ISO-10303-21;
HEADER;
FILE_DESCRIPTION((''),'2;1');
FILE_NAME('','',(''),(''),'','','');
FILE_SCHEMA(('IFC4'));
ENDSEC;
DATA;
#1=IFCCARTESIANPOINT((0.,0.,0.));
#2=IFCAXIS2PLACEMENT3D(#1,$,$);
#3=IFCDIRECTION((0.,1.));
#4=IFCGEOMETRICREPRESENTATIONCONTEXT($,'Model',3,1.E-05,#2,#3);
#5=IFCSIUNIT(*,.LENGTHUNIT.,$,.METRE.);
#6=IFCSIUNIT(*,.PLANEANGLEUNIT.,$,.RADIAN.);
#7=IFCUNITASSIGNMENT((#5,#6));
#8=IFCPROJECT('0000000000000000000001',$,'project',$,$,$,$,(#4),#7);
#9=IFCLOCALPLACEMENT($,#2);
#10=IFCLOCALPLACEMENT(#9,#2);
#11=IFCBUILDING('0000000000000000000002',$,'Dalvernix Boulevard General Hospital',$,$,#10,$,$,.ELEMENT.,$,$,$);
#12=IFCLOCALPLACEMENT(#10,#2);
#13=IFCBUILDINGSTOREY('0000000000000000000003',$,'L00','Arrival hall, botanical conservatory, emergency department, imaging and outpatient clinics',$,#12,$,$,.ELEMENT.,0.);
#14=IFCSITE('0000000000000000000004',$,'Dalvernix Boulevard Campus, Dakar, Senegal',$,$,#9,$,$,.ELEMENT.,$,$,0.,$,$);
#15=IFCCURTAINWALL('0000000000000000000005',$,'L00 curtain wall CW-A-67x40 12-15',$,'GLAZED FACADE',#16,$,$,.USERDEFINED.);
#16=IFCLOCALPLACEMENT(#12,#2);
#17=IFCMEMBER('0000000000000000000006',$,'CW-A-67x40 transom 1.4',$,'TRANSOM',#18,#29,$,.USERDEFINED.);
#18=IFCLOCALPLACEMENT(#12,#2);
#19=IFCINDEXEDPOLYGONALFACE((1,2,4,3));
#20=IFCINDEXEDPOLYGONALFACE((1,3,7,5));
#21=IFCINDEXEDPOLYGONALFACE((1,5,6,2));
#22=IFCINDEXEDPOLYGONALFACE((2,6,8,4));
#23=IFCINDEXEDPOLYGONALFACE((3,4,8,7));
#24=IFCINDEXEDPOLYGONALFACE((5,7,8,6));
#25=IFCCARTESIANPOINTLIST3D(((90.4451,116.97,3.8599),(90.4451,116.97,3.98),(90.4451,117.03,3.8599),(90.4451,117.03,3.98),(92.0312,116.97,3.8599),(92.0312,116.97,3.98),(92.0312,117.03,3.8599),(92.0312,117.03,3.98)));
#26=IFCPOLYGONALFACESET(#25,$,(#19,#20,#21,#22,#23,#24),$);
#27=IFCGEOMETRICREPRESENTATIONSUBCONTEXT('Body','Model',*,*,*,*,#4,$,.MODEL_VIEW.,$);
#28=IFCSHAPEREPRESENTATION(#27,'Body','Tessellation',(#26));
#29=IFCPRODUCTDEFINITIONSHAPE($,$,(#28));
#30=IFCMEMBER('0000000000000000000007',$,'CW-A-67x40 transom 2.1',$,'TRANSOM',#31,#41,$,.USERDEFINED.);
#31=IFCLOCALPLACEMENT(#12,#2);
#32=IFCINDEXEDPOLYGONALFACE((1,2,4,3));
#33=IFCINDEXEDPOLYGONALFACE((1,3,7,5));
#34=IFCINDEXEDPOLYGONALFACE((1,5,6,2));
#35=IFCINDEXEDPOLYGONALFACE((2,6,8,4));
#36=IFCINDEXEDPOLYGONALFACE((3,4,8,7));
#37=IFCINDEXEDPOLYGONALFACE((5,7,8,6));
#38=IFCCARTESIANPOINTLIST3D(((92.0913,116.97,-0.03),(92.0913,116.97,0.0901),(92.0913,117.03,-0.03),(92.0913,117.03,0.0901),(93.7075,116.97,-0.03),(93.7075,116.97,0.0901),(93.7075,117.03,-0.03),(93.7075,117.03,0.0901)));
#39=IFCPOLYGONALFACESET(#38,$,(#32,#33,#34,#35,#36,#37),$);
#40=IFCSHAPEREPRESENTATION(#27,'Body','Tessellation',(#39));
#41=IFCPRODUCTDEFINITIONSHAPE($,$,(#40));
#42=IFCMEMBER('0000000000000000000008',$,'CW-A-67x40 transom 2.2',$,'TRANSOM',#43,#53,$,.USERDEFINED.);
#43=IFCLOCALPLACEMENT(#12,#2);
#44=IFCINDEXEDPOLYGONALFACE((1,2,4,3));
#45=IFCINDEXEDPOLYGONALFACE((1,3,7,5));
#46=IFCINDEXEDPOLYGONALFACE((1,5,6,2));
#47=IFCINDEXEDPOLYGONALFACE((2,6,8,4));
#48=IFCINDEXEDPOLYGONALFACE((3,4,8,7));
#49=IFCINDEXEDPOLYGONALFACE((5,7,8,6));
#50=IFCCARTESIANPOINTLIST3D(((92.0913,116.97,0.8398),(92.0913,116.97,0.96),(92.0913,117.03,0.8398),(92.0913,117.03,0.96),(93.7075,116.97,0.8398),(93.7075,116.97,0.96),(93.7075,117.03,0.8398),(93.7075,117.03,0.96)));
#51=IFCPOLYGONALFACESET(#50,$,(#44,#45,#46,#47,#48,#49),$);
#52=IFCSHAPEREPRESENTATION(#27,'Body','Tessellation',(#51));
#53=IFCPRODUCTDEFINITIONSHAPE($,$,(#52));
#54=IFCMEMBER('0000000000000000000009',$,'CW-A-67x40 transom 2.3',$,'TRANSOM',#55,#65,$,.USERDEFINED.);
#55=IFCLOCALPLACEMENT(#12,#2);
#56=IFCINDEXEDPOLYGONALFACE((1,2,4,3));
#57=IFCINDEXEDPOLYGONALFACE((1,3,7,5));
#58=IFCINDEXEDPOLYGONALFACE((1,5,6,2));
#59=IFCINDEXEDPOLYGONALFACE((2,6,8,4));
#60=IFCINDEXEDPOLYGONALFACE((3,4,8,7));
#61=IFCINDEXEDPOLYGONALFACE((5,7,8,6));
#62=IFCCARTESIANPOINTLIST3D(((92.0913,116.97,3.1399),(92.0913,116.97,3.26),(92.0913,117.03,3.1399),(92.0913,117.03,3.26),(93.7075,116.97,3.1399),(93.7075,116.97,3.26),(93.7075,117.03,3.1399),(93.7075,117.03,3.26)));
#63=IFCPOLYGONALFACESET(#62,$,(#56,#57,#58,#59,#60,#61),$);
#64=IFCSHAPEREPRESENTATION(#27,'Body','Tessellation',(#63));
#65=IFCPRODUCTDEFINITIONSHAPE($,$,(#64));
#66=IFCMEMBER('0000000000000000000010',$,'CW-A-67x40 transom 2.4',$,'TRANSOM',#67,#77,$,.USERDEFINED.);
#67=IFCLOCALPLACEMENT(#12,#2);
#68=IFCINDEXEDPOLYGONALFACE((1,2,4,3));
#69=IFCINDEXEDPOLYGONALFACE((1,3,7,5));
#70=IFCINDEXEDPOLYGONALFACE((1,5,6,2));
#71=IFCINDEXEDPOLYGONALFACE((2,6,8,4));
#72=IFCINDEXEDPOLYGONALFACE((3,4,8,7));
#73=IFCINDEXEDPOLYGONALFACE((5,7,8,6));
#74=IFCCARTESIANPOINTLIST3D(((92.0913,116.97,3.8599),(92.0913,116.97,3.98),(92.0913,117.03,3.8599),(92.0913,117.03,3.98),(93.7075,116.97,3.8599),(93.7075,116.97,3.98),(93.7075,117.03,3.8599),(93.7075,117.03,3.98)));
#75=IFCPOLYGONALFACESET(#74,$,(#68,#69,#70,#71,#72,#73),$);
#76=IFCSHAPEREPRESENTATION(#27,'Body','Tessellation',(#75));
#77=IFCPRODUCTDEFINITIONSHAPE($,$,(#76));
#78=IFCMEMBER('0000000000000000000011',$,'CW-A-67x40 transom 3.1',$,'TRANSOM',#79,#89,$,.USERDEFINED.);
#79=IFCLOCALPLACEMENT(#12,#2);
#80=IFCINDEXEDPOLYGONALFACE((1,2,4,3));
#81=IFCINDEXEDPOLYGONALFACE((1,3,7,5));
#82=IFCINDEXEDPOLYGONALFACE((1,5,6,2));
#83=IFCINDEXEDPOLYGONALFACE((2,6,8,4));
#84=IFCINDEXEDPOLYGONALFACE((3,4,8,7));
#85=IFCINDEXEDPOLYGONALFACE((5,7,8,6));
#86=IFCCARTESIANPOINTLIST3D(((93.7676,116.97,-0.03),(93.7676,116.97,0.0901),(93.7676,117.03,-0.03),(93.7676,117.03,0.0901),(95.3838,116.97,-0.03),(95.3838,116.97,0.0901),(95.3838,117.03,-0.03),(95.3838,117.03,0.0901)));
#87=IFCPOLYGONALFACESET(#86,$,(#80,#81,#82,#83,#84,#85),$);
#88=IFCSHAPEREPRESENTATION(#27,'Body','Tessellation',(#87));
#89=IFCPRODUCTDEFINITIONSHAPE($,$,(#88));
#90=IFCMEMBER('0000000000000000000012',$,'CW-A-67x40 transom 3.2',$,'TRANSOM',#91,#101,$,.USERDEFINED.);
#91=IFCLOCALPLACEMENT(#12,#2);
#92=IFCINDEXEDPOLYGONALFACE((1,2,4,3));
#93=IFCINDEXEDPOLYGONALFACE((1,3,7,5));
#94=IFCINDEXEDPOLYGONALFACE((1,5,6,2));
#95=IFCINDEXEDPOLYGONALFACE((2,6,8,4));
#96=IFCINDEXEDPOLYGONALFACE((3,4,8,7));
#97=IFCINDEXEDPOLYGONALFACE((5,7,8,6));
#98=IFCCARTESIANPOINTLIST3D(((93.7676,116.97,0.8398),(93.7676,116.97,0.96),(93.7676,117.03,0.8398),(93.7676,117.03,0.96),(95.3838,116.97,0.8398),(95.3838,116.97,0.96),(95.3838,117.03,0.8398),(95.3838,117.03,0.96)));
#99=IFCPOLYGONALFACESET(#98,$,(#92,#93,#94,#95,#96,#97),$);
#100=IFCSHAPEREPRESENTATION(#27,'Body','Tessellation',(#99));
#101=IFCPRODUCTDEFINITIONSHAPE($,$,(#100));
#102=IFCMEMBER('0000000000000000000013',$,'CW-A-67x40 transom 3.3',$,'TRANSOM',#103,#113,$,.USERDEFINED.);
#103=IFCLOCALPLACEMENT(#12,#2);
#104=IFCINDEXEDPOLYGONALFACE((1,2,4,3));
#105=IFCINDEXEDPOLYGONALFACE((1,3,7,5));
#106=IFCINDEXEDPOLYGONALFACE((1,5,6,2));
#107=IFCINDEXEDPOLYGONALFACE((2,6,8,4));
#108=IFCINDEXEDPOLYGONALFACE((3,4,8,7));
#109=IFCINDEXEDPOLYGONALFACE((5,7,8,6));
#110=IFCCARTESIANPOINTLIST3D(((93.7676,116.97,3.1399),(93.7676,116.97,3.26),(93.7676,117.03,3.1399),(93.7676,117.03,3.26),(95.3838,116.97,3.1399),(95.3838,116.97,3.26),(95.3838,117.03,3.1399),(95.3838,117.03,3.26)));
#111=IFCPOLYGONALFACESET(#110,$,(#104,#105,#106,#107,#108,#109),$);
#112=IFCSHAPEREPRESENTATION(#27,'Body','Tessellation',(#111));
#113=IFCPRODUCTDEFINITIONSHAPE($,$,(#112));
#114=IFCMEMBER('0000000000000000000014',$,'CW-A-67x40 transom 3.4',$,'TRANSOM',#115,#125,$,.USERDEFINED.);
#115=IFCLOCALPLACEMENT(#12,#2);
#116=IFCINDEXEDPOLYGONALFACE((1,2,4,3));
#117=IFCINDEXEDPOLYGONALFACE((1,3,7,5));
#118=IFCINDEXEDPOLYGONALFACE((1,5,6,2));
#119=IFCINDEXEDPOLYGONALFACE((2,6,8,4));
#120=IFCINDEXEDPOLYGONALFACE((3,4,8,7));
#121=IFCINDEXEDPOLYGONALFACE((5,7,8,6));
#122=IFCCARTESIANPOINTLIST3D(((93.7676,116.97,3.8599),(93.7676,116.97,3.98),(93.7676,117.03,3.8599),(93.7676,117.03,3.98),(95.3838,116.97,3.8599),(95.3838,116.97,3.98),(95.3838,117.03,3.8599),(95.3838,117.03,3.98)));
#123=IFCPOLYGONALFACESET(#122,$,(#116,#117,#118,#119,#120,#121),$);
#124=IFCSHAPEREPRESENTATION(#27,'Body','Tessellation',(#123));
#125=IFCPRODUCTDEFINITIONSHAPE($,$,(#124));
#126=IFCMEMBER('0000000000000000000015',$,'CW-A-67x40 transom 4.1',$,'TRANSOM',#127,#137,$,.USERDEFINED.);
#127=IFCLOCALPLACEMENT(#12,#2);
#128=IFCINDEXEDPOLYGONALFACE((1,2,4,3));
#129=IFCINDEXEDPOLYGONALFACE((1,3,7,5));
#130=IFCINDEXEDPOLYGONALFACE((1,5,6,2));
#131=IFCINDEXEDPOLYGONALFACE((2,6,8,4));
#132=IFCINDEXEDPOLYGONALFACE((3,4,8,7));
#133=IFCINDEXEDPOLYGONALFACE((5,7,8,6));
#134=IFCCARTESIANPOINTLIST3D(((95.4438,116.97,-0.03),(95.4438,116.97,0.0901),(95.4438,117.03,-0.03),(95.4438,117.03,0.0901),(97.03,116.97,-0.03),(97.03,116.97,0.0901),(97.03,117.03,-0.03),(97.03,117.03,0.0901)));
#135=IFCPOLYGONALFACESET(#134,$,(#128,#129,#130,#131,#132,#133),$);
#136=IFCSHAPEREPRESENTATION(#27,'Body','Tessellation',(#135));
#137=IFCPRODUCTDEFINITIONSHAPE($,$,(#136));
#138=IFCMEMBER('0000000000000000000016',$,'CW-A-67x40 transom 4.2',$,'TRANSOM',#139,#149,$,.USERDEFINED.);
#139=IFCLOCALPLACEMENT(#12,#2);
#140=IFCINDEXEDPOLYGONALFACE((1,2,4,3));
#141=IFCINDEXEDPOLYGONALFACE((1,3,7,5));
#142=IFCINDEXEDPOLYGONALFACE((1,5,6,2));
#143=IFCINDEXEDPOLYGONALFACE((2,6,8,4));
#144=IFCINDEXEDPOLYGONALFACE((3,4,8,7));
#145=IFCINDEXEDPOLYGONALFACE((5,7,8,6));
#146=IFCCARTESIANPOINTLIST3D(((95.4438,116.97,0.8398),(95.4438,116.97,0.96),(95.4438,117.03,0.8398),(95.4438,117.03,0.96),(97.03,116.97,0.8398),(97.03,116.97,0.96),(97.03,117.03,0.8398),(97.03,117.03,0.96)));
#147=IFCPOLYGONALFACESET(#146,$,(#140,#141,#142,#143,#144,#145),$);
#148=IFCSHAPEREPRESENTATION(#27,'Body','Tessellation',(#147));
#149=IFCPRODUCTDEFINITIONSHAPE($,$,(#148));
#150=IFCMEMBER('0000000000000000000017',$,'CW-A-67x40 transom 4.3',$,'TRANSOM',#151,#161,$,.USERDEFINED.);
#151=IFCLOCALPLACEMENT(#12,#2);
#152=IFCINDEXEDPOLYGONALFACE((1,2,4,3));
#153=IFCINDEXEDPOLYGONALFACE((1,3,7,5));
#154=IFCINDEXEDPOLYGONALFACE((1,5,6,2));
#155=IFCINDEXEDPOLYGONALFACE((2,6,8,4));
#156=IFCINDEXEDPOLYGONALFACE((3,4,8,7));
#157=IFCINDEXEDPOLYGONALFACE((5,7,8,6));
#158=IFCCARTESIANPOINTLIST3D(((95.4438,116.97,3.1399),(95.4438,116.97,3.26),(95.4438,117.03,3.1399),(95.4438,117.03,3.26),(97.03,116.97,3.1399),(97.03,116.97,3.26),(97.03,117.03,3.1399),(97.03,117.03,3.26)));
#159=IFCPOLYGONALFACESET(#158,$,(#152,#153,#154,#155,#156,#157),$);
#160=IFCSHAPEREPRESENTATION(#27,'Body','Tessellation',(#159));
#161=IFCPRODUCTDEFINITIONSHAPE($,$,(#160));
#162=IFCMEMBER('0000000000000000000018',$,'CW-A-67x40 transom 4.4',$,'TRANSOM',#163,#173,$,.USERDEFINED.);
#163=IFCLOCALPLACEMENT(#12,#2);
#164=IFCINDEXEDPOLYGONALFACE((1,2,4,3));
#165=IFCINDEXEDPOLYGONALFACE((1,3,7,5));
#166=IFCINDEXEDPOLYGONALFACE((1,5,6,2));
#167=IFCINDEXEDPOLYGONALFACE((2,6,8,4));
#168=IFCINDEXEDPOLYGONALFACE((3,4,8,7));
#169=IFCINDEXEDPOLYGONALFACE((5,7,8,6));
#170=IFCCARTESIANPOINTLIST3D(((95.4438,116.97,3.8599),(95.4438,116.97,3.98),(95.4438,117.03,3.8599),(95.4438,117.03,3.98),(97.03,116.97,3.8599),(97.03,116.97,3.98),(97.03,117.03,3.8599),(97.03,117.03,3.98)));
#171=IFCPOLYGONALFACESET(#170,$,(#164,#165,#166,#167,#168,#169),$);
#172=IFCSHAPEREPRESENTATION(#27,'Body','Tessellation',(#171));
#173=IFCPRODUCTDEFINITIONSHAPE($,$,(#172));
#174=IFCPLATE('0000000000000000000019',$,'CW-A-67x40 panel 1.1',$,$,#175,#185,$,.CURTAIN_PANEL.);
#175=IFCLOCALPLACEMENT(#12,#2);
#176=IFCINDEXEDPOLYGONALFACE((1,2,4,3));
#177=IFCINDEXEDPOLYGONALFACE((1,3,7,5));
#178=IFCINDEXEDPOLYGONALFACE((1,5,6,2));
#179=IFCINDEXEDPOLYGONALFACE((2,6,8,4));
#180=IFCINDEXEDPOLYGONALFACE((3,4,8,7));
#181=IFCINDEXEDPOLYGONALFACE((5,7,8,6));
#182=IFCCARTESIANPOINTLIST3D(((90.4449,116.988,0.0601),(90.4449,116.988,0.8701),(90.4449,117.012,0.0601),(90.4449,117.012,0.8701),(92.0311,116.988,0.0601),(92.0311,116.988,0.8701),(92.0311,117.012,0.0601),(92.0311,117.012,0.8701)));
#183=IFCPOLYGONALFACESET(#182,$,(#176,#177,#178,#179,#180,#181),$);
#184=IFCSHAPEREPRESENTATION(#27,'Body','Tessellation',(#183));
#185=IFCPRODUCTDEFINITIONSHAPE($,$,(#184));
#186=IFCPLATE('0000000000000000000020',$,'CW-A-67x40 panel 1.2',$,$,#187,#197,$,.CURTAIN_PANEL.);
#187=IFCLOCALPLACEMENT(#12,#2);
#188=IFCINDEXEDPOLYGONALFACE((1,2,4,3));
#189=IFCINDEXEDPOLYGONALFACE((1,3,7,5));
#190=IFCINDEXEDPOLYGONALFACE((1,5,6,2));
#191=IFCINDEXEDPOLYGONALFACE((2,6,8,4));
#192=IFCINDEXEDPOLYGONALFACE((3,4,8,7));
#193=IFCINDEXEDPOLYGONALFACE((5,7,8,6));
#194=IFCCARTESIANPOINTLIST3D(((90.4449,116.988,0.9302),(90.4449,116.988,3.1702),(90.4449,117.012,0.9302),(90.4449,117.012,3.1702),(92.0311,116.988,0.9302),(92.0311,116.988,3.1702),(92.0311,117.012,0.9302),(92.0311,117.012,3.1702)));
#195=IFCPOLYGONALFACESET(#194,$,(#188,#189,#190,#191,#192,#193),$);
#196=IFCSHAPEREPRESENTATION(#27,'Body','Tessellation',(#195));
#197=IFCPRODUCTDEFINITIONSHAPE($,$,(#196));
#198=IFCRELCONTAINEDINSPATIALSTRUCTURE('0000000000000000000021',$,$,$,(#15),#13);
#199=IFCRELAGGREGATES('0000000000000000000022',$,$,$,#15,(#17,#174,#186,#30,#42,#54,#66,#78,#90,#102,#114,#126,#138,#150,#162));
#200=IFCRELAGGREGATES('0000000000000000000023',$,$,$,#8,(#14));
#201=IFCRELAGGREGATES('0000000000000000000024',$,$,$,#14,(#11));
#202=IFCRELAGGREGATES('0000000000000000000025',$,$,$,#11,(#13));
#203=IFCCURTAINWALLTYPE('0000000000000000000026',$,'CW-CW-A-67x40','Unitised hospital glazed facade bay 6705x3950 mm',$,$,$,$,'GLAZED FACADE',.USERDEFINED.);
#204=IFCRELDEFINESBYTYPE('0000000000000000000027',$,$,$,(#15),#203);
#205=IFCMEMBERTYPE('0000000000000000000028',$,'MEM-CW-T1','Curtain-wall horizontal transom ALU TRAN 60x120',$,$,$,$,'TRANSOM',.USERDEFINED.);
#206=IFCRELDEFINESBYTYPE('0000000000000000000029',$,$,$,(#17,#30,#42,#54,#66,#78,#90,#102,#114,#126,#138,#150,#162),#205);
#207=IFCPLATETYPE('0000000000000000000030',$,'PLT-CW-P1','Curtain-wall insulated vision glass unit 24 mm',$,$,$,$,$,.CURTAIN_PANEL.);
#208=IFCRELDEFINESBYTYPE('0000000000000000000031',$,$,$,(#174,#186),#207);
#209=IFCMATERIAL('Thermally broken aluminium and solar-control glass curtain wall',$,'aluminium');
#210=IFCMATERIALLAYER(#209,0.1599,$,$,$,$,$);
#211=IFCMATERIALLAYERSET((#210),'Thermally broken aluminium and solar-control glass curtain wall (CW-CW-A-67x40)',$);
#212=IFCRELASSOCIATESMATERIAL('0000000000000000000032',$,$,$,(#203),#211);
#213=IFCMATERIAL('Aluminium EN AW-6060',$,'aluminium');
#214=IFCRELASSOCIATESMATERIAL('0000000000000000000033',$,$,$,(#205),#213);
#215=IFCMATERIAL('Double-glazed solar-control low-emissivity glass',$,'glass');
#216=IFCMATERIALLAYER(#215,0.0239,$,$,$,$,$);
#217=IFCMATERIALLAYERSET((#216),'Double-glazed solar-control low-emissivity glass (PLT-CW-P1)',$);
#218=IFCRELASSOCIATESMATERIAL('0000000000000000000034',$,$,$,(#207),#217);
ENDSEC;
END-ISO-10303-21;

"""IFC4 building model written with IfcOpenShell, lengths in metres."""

from ifc_helpers import new_model, si_unit, direction, frame, origin, origin_2d, place, context, subcontext, project, spatial, rectangle, extrude, material, layer, layer_set, material_profile, profile_set, type_object, element, aggregate, save


model = new_model("IFC4")

# Units and contexts
model_context = context("Model", 3, precision=1e-05, world=origin(), true_north=direction((0.0, 1.0)))
body_context = subcontext(model_context, "Body", "Model", "MODEL_VIEW")
ifc_project = project(units=[si_unit("LENGTHUNIT", "METRE"), si_unit("PLANEANGLEUNIT", "RADIAN")], contexts=[model_context])

# Site, building, storey
site_placement = place(None, origin())
site = spatial("IfcSite", under=ifc_project, at=site_placement, Name="Dalvernix Boulevard Campus, Dakar, Senegal", CompositionType="ELEMENT", RefElevation=0.0)
building_placement = place(site_placement, origin())
building = spatial("IfcBuilding", under=site, at=building_placement, Name="Dalvernix Boulevard General Hospital", CompositionType="ELEMENT")
storey_placement = place(building_placement, origin())
storey = spatial("IfcBuildingStorey", under=building, at=storey_placement, Name="L00", Description="Arrival hall, botanical conservatory, emergency department, imaging and outpatient clinics", CompositionType="ELEMENT", Elevation=0.0)

# Curtain wall, members, plates
ifc_material_1 = material(Name="Thermally broken aluminium and solar-control glass curtain wall", Category="aluminium")
ifc_layer_1 = layer(ifc_material_1, 0.1599)
ifc_layer_set_1 = layer_set([ifc_layer_1], Name="Thermally broken aluminium and solar-control glass curtain wall (CW-CW-A-67x40)")
curtain_wall_type = type_object("IfcCurtainWallType", Name="CW-CW-A-67x40", Description="Unitised hospital glazed facade bay 6705x3950 mm", ElementType="GLAZED FACADE", PredefinedType="USERDEFINED", material=ifc_layer_set_1)
curtain_wall_placement = place(storey_placement, origin())
curtain_wall = element("IfcCurtainWall", 1, at=curtain_wall_placement, inside=storey, type_object=curtain_wall_type, Name="L00 curtain wall CW-A-67x40 12-15", ObjectType="GLAZED FACADE", PredefinedType="USERDEFINED")
ifc_material_2 = material(Name="Aluminium EN AW-6060", Category="aluminium")
ifc_material_profile_1 = material_profile(ifc_material_2, rectangle(XDim=0.0601, YDim=0.1201, at=origin_2d()), Name="ALU TRAN 60x120")
ifc_profile_set_1 = profile_set([ifc_material_profile_1], Name="Aluminium EN AW-6060")
member_type_1 = type_object("IfcMemberType", Name="MEM-CW-T1", Description="Curtain-wall horizontal transom ALU TRAN 60x120", ElementType="TRANSOM", PredefinedType="USERDEFINED", material=ifc_profile_set_1)
member_1_placement = place(storey_placement, frame((90.4451, 117.0, 3.9199), z_axis=(1.0, 0.0, 0.0), x_axis=(0.0, 1.0, 0.0)))
member_1 = element("IfcMember", 2, at=member_1_placement, type_object=member_type_1, Name="CW-A-67x40 transom 1.4", ObjectType="TRANSOM", PredefinedType="USERDEFINED", context=body_context, shape_type="SweptSolid", body=[
    extrude(rectangle(XDim=0.0601, YDim=0.1201, at=origin_2d()), origin(), (0.0, 0.0, 1.0), 1.5862),
])
member_2_placement = place(storey_placement, frame((92.0913, 117.0, 0.03), z_axis=(1.0, 0.0, 0.0), x_axis=(0.0, 1.0, 0.0)))
member_2 = element("IfcMember", 3, at=member_2_placement, type_object=member_type_1, Name="CW-A-67x40 transom 2.1", ObjectType="TRANSOM", PredefinedType="USERDEFINED", context=body_context, shape_type="SweptSolid", body=[
    extrude(rectangle(XDim=0.0601, YDim=0.1201, at=origin_2d()), origin(), (0.0, 0.0, 1.0), 1.6162),
])
member_3_placement = place(storey_placement, frame((92.0913, 117.0, 0.8999), z_axis=(1.0, 0.0, 0.0), x_axis=(0.0, 1.0, 0.0)))
member_3 = element("IfcMember", 4, at=member_3_placement, type_object=member_type_1, Name="CW-A-67x40 transom 2.2", ObjectType="TRANSOM", PredefinedType="USERDEFINED", context=body_context, shape_type="SweptSolid", body=[
    extrude(rectangle(XDim=0.0601, YDim=0.1201, at=origin_2d()), origin(), (0.0, 0.0, 1.0), 1.6162),
])
member_4_placement = place(storey_placement, frame((92.0913, 117.0, 3.2), z_axis=(1.0, 0.0, 0.0), x_axis=(0.0, 1.0, 0.0)))
member_4 = element("IfcMember", 5, at=member_4_placement, type_object=member_type_1, Name="CW-A-67x40 transom 2.3", ObjectType="TRANSOM", PredefinedType="USERDEFINED", context=body_context, shape_type="SweptSolid", body=[
    extrude(rectangle(XDim=0.0601, YDim=0.1201, at=origin_2d()), origin(), (0.0, 0.0, 1.0), 1.6162),
])
member_5_placement = place(storey_placement, frame((92.0913, 117.0, 3.9199), z_axis=(1.0, 0.0, 0.0), x_axis=(0.0, 1.0, 0.0)))
member_5 = element("IfcMember", 6, at=member_5_placement, type_object=member_type_1, Name="CW-A-67x40 transom 2.4", ObjectType="TRANSOM", PredefinedType="USERDEFINED", context=body_context, shape_type="SweptSolid", body=[
    extrude(rectangle(XDim=0.0601, YDim=0.1201, at=origin_2d()), origin(), (0.0, 0.0, 1.0), 1.6162),
])
member_6_placement = place(storey_placement, frame((93.7676, 117.0, 0.03), z_axis=(1.0, 0.0, 0.0), x_axis=(0.0, 1.0, 0.0)))
member_6 = element("IfcMember", 7, at=member_6_placement, type_object=member_type_1, Name="CW-A-67x40 transom 3.1", ObjectType="TRANSOM", PredefinedType="USERDEFINED", context=body_context, shape_type="SweptSolid", body=[
    extrude(rectangle(XDim=0.0601, YDim=0.1201, at=origin_2d()), origin(), (0.0, 0.0, 1.0), 1.6162),
])
member_7_placement = place(storey_placement, frame((93.7676, 117.0, 0.8999), z_axis=(1.0, 0.0, 0.0), x_axis=(0.0, 1.0, 0.0)))
member_7 = element("IfcMember", 8, at=member_7_placement, type_object=member_type_1, Name="CW-A-67x40 transom 3.2", ObjectType="TRANSOM", PredefinedType="USERDEFINED", context=body_context, shape_type="SweptSolid", body=[
    extrude(rectangle(XDim=0.0601, YDim=0.1201, at=origin_2d()), origin(), (0.0, 0.0, 1.0), 1.6162),
])
member_8_placement = place(storey_placement, frame((93.7676, 117.0, 3.2), z_axis=(1.0, 0.0, 0.0), x_axis=(0.0, 1.0, 0.0)))
member_8 = element("IfcMember", 9, at=member_8_placement, type_object=member_type_1, Name="CW-A-67x40 transom 3.3", ObjectType="TRANSOM", PredefinedType="USERDEFINED", context=body_context, shape_type="SweptSolid", body=[
    extrude(rectangle(XDim=0.0601, YDim=0.1201, at=origin_2d()), origin(), (0.0, 0.0, 1.0), 1.6162),
])
member_9_placement = place(storey_placement, frame((93.7676, 117.0, 3.9199), z_axis=(1.0, 0.0, 0.0), x_axis=(0.0, 1.0, 0.0)))
member_9 = element("IfcMember", 10, at=member_9_placement, type_object=member_type_1, Name="CW-A-67x40 transom 3.4", ObjectType="TRANSOM", PredefinedType="USERDEFINED", context=body_context, shape_type="SweptSolid", body=[
    extrude(rectangle(XDim=0.0601, YDim=0.1201, at=origin_2d()), origin(), (0.0, 0.0, 1.0), 1.6162),
])
member_10_placement = place(storey_placement, frame((95.4438, 117.0, 0.03), z_axis=(1.0, 0.0, 0.0), x_axis=(0.0, 1.0, 0.0)))
member_10 = element("IfcMember", 11, at=member_10_placement, type_object=member_type_1, Name="CW-A-67x40 transom 4.1", ObjectType="TRANSOM", PredefinedType="USERDEFINED", context=body_context, shape_type="SweptSolid", body=[
    extrude(rectangle(XDim=0.0601, YDim=0.1201, at=origin_2d()), origin(), (0.0, 0.0, 1.0), 1.5862),
])
member_11_placement = place(storey_placement, frame((95.4438, 117.0, 0.8999), z_axis=(1.0, 0.0, 0.0), x_axis=(0.0, 1.0, 0.0)))
member_11 = element("IfcMember", 12, at=member_11_placement, type_object=member_type_1, Name="CW-A-67x40 transom 4.2", ObjectType="TRANSOM", PredefinedType="USERDEFINED", context=body_context, shape_type="SweptSolid", body=[
    extrude(rectangle(XDim=0.0601, YDim=0.1201, at=origin_2d()), origin(), (0.0, 0.0, 1.0), 1.5862),
])
member_12_placement = place(storey_placement, frame((95.4438, 117.0, 3.2), z_axis=(1.0, 0.0, 0.0), x_axis=(0.0, 1.0, 0.0)))
member_12 = element("IfcMember", 13, at=member_12_placement, type_object=member_type_1, Name="CW-A-67x40 transom 4.3", ObjectType="TRANSOM", PredefinedType="USERDEFINED", context=body_context, shape_type="SweptSolid", body=[
    extrude(rectangle(XDim=0.0601, YDim=0.1201, at=origin_2d()), origin(), (0.0, 0.0, 1.0), 1.5862),
])
member_13_placement = place(storey_placement, frame((95.4438, 117.0, 3.9199), z_axis=(1.0, 0.0, 0.0), x_axis=(0.0, 1.0, 0.0)))
member_13 = element("IfcMember", 14, at=member_13_placement, type_object=member_type_1, Name="CW-A-67x40 transom 4.4", ObjectType="TRANSOM", PredefinedType="USERDEFINED", context=body_context, shape_type="SweptSolid", body=[
    extrude(rectangle(XDim=0.0601, YDim=0.1201, at=origin_2d()), origin(), (0.0, 0.0, 1.0), 1.5862),
])
ifc_material_3 = material(Name="Double-glazed solar-control low-emissivity glass", Category="glass")
ifc_layer_2 = layer(ifc_material_3, 0.0239)
ifc_layer_set_2 = layer_set([ifc_layer_2], Name="Double-glazed solar-control low-emissivity glass (PLT-CW-P1)")
plate_type = type_object("IfcPlateType", Name="PLT-CW-P1", Description="Curtain-wall insulated vision glass unit 24 mm", PredefinedType="CURTAIN_PANEL", material=ifc_layer_set_2)
plate_1_placement = place(storey_placement, frame((91.238, 117.0, 0.0601), z_axis=(0.0, 0.0, 1.0), x_axis=(1.0, 0.0, 0.0)))
plate_1 = element("IfcPlate", 15, at=plate_1_placement, type_object=plate_type, Name="CW-A-67x40 panel 1.1", PredefinedType="CURTAIN_PANEL", context=body_context, shape_type="SweptSolid", body=[
    extrude(rectangle(XDim=1.5862, YDim=0.0239, at=origin_2d()), origin(), (0.0, 0.0, 1.0), 0.8101),
])
plate_2_placement = place(storey_placement, frame((91.238, 117.0, 0.9302), z_axis=(0.0, 0.0, 1.0), x_axis=(1.0, 0.0, 0.0)))
plate_2 = element("IfcPlate", 16, at=plate_2_placement, type_object=plate_type, Name="CW-A-67x40 panel 1.2", PredefinedType="CURTAIN_PANEL", context=body_context, shape_type="SweptSolid", body=[
    extrude(rectangle(XDim=1.5862, YDim=0.0239, at=origin_2d()), origin(), (0.0, 0.0, 1.0), 2.24),
])
aggregate(curtain_wall, [member_1, plate_1, plate_2, member_2, member_3, member_4, member_5, member_6, member_7, member_8, member_9, member_10, member_11, member_12, member_13])

save(model, "model.ifc")
